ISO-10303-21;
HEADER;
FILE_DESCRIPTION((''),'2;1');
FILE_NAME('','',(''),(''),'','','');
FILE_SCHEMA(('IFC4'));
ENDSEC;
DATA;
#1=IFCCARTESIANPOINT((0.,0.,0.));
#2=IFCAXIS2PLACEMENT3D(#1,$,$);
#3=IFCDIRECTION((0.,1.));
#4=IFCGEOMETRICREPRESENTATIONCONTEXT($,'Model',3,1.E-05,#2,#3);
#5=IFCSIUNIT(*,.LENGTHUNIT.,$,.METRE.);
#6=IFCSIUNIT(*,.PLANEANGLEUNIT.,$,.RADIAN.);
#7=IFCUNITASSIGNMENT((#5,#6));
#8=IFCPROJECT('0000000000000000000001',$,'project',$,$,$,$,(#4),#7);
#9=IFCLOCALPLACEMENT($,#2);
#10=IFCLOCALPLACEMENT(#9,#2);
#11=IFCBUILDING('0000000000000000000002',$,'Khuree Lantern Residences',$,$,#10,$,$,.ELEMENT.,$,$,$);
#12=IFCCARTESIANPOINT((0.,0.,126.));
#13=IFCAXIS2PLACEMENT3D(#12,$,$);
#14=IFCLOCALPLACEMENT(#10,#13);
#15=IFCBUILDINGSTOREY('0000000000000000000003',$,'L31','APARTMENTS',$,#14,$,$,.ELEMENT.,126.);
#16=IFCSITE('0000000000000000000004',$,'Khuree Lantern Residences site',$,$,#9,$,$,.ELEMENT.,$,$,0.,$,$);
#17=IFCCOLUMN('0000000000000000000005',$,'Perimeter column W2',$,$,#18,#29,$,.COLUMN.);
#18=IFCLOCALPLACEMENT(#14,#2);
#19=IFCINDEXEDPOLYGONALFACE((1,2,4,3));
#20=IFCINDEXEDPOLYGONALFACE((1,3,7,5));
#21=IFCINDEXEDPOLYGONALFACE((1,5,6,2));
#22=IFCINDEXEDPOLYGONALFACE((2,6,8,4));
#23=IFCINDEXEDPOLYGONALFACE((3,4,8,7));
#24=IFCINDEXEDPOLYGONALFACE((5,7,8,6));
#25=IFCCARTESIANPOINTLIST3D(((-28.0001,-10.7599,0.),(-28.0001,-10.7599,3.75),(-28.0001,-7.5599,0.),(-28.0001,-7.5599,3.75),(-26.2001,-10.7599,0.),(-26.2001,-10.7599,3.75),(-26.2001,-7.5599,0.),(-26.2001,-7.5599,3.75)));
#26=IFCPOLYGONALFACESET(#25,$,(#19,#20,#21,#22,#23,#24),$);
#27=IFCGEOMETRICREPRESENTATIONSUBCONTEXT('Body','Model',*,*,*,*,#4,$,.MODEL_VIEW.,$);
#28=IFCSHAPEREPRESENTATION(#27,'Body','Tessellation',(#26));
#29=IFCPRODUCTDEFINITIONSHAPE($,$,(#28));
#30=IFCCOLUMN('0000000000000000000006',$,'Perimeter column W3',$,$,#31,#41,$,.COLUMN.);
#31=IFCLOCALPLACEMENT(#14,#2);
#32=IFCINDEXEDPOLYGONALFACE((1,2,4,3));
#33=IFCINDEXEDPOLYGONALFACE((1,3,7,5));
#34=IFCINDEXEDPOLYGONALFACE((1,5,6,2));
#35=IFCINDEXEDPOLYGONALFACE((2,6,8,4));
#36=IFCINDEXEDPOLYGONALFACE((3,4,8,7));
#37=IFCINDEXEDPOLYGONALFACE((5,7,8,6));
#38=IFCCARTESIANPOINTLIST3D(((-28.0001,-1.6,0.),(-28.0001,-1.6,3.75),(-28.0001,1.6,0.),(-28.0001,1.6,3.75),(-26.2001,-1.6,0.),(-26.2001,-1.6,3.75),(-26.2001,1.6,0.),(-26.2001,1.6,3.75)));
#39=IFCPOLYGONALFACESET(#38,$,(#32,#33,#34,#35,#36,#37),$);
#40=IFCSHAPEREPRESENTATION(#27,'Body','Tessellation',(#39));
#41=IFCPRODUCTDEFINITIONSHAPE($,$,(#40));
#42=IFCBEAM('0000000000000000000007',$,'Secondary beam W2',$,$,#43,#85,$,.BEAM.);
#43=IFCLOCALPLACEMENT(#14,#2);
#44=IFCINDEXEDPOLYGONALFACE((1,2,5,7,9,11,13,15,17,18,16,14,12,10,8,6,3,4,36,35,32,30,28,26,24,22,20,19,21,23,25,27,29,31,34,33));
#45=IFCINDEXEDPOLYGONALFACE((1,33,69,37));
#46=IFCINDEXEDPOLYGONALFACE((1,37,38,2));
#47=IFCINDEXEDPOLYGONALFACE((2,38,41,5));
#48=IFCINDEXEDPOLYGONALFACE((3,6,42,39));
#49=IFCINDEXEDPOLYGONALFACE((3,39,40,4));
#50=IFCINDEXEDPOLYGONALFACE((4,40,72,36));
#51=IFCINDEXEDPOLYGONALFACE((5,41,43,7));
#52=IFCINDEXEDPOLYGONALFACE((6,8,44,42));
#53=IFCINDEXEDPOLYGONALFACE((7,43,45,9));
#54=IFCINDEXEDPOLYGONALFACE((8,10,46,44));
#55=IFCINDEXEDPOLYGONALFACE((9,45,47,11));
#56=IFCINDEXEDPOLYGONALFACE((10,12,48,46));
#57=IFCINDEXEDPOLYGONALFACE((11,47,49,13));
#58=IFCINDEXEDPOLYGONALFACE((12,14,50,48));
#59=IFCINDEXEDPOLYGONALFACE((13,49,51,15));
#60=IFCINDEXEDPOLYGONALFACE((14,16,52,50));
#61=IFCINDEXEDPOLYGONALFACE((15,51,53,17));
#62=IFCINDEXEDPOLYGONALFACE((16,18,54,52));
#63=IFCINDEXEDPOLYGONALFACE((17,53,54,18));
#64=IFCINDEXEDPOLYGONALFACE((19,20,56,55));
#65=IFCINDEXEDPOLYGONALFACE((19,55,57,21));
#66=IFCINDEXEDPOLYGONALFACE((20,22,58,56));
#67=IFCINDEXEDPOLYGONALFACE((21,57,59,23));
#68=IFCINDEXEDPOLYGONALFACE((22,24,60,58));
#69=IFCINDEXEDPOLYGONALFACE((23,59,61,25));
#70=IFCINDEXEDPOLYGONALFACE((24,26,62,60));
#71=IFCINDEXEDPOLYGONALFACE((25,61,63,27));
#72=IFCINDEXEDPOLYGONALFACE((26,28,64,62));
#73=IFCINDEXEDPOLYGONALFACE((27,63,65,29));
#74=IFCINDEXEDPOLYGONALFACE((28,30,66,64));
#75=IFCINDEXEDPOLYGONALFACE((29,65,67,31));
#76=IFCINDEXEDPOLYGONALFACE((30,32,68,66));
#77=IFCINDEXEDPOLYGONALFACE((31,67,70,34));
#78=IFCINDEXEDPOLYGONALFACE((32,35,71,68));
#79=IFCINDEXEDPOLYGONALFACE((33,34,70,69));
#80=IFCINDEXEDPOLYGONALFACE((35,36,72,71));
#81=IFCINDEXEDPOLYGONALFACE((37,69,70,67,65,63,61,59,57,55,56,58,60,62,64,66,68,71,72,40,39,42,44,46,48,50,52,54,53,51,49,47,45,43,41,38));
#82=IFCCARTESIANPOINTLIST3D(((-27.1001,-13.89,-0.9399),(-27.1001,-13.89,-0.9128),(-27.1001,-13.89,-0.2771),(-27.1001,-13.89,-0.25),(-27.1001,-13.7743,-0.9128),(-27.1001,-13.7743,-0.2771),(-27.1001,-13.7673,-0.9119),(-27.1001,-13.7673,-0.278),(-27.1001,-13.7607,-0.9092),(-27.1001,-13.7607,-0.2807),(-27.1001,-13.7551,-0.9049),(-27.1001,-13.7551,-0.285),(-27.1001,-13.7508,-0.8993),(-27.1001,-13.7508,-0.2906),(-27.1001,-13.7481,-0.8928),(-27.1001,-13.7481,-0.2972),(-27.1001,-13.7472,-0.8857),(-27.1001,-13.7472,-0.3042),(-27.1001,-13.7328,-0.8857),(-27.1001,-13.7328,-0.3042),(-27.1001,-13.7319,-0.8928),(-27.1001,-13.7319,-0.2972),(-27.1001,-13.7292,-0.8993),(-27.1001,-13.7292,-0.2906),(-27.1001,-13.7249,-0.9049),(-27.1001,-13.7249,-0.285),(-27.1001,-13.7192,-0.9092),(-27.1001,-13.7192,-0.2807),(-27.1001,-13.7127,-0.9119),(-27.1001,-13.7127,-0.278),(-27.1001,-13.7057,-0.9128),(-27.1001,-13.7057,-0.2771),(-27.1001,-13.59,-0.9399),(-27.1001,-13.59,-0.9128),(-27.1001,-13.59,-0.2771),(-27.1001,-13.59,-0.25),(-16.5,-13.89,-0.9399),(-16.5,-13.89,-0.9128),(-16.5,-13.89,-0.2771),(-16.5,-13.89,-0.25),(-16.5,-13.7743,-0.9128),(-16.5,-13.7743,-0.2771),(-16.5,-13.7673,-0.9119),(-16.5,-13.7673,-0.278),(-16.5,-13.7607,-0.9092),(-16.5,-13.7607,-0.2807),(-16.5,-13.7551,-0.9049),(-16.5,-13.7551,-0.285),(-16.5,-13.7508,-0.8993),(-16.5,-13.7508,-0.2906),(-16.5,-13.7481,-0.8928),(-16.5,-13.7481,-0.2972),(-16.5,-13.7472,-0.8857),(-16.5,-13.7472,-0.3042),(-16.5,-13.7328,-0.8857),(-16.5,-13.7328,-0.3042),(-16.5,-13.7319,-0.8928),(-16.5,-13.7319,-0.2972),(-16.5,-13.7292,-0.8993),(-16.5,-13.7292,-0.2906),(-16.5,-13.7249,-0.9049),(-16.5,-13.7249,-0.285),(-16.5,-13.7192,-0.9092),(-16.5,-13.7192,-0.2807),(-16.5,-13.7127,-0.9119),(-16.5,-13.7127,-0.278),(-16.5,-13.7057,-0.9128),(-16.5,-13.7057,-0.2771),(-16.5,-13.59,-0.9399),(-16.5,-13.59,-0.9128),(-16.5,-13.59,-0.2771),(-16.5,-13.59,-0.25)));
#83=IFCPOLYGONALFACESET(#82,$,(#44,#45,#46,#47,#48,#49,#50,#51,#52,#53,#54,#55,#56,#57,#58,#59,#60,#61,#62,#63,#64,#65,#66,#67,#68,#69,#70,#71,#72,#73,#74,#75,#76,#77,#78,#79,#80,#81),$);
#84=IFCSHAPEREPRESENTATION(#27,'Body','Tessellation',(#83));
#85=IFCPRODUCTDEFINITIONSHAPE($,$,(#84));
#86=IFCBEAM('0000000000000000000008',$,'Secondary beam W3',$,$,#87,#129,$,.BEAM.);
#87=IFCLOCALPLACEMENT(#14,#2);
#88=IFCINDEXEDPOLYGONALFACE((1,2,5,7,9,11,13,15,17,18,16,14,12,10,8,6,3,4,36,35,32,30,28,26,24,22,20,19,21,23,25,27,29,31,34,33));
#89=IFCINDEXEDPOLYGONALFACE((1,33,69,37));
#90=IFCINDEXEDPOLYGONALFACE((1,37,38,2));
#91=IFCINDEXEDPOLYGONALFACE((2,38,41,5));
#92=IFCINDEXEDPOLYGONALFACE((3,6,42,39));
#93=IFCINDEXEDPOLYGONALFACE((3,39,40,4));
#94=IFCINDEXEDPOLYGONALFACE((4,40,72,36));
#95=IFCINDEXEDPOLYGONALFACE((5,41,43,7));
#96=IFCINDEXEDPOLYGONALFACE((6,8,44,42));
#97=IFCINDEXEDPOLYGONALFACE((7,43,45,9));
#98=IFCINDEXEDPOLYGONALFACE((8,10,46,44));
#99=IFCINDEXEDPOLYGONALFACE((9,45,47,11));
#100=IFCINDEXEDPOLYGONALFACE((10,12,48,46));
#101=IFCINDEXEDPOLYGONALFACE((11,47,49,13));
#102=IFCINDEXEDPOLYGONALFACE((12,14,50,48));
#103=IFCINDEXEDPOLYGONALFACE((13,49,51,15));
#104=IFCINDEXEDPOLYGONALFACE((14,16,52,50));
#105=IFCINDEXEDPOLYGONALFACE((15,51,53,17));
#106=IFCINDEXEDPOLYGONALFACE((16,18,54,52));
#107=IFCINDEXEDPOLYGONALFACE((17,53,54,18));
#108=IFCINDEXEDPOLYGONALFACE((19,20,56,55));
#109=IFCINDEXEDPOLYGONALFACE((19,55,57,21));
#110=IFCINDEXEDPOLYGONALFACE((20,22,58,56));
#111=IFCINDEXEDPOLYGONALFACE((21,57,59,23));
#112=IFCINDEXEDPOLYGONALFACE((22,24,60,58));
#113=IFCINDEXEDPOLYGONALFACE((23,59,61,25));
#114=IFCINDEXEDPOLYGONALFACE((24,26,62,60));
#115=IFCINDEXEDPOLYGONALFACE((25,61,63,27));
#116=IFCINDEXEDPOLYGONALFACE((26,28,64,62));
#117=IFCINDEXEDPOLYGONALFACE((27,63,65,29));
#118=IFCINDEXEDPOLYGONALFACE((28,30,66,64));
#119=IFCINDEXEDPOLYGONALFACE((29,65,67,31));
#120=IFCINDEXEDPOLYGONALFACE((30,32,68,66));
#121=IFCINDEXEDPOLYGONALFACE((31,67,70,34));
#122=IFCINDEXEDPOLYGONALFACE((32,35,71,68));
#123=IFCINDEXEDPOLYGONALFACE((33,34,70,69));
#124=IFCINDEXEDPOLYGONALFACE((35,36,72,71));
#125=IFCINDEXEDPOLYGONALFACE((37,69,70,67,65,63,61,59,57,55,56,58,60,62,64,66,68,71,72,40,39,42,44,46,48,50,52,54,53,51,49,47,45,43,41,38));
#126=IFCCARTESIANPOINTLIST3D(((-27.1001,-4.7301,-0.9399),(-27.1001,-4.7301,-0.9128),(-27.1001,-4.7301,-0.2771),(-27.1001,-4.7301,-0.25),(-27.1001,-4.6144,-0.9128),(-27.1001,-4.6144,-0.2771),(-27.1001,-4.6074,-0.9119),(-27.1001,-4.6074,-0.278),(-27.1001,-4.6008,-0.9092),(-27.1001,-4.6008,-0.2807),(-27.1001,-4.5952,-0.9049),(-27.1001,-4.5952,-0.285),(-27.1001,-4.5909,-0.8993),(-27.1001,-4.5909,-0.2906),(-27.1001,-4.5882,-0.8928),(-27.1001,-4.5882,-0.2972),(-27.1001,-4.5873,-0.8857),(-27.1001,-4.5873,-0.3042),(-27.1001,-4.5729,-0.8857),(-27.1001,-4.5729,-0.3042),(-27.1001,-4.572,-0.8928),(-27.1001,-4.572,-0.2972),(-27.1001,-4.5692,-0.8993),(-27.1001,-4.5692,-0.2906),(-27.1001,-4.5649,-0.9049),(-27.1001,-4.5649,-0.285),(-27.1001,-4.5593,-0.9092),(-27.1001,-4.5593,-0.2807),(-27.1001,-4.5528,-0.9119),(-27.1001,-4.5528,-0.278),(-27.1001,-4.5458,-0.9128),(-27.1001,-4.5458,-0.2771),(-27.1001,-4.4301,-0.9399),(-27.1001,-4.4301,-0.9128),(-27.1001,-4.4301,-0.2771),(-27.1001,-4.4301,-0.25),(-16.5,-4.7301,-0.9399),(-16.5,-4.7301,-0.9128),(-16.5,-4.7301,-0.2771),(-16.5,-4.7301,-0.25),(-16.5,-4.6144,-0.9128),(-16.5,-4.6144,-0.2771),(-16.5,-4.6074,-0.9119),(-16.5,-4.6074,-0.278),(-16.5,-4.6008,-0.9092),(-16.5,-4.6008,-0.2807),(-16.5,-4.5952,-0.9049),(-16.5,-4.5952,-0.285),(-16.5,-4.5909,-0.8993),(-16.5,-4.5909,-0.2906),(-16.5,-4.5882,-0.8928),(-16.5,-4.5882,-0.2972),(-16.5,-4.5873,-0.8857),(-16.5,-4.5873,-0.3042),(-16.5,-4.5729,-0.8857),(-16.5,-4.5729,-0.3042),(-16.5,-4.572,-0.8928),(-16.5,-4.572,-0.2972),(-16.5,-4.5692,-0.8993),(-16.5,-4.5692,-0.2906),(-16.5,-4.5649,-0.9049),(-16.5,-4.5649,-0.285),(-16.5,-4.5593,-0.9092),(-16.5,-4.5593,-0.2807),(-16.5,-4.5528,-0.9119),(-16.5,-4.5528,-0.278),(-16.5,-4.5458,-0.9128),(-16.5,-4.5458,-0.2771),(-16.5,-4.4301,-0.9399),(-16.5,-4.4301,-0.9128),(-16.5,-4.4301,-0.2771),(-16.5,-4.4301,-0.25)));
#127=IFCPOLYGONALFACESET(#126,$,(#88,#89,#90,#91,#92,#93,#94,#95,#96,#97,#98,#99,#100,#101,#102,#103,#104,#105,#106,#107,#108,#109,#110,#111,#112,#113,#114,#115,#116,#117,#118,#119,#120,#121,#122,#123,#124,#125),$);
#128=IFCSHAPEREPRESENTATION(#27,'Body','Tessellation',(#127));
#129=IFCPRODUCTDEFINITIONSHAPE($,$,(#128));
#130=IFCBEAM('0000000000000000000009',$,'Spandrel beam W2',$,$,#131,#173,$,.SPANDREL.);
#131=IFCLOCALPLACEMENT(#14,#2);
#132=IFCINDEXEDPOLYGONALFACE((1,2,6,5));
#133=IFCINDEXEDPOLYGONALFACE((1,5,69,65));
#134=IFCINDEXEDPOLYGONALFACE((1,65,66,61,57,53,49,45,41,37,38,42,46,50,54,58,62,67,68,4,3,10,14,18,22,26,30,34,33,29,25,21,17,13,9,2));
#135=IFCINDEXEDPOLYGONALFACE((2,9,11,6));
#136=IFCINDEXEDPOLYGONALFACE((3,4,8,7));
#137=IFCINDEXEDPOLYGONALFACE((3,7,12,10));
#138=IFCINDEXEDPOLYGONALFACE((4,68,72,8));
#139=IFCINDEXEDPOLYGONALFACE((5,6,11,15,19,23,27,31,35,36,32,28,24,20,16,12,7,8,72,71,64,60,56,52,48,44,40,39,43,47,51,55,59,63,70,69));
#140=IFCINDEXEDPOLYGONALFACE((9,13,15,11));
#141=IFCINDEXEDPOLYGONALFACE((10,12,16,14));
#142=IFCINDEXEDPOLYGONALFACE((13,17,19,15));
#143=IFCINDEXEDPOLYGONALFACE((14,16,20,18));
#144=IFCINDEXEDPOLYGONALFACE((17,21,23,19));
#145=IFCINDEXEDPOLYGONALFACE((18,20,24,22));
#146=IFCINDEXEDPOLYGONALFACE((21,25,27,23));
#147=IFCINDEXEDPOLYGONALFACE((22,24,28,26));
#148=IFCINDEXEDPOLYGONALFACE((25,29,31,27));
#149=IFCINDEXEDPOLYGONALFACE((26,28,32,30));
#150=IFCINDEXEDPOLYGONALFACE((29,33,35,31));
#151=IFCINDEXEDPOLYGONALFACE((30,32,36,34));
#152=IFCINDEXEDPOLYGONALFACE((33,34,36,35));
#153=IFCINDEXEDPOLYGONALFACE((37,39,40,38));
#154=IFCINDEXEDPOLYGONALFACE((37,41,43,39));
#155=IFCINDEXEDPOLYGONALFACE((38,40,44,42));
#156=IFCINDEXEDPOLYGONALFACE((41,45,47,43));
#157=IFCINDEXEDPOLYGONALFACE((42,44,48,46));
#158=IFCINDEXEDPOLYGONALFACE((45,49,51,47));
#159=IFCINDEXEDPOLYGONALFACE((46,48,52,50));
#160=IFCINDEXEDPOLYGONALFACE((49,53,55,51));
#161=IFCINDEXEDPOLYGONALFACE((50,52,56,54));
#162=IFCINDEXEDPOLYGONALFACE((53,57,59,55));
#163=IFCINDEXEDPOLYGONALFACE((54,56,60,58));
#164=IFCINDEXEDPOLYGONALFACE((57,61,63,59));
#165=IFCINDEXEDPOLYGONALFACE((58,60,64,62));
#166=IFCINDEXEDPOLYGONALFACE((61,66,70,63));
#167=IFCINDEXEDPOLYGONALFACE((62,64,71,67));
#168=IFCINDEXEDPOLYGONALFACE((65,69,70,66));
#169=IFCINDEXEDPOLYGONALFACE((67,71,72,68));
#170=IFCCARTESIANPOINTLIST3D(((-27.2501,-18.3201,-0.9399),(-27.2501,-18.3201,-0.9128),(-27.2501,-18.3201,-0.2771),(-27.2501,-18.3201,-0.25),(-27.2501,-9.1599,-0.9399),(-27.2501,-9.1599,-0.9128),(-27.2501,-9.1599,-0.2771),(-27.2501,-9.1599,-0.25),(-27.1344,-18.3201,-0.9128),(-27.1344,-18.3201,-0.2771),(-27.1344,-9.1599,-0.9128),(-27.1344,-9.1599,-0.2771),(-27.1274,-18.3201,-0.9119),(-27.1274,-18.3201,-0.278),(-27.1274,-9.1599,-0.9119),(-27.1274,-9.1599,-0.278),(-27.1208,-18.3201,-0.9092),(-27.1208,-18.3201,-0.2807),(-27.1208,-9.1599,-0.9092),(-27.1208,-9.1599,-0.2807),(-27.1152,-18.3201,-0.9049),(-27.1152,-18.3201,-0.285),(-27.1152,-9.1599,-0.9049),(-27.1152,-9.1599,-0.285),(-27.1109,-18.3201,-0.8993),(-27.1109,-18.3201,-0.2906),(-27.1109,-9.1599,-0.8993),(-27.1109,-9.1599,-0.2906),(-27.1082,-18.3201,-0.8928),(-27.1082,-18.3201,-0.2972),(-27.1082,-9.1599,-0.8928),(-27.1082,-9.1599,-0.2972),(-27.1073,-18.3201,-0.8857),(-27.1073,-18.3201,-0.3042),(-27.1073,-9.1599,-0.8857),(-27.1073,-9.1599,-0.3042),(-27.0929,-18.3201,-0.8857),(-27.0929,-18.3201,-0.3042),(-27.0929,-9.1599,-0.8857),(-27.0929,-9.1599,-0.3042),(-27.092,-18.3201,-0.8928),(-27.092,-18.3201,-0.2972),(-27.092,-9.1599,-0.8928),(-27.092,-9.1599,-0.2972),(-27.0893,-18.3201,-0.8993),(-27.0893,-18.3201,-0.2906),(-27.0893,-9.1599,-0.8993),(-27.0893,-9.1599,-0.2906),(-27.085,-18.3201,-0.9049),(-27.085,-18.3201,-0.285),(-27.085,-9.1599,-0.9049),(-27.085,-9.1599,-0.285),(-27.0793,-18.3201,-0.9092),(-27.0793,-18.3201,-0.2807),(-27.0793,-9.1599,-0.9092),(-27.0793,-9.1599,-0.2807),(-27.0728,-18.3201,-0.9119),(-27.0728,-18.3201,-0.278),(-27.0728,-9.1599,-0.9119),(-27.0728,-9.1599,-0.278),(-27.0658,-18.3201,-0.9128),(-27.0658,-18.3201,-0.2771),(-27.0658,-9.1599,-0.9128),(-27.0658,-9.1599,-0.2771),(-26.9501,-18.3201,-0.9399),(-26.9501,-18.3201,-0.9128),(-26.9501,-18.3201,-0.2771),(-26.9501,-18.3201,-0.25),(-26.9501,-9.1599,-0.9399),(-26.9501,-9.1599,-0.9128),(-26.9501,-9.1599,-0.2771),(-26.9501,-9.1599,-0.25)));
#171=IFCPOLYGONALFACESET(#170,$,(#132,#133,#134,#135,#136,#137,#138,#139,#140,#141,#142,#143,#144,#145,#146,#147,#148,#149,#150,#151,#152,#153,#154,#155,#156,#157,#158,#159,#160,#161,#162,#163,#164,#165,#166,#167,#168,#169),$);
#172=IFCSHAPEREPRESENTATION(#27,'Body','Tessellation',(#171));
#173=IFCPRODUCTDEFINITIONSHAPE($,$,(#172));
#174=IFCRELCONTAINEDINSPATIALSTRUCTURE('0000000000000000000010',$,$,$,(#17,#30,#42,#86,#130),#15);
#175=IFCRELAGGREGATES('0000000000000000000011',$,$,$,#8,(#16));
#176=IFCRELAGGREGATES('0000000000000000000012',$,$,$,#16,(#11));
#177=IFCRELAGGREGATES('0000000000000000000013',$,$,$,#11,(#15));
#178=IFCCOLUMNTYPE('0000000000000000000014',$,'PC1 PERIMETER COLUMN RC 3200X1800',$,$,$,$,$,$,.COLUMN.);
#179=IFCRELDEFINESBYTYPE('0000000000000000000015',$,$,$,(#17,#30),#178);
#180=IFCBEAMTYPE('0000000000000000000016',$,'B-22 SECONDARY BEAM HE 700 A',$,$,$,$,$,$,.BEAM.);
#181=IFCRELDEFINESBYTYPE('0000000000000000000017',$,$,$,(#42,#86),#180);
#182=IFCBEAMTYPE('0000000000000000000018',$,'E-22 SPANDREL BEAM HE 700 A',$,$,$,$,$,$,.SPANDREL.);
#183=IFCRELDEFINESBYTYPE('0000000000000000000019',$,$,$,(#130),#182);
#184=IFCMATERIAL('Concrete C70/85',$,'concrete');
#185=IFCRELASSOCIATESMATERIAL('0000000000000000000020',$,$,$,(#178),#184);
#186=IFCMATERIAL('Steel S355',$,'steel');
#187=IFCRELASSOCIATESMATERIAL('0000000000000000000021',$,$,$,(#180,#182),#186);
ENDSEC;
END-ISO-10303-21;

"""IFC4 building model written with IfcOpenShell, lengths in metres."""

from ifc_helpers import new_model, si_unit, direction, frame, origin, origin_2d, place, context, subcontext, project, spatial, rectangle, i_section, extrude, material, material_profile, profile_set, type_object, element, save


model = new_model("IFC4")

# Units and contexts
model_context = context("Model", 3, precision=1e-05, world=origin(), true_north=direction((0.0, 1.0)))
body_context = subcontext(model_context, "Body", "Model", "MODEL_VIEW")
ifc_project = project(units=[si_unit("LENGTHUNIT", "METRE"), si_unit("PLANEANGLEUNIT", "RADIAN")], contexts=[model_context])

# Site, building, storey
site_placement = place(None, origin())
site = spatial("IfcSite", under=ifc_project, at=site_placement, Name="Khuree Lantern Residences site", CompositionType="ELEMENT", RefElevation=0.0)
building_placement = place(site_placement, origin())
building = spatial("IfcBuilding", under=site, at=building_placement, Name="Khuree Lantern Residences", CompositionType="ELEMENT")
storey_placement = place(building_placement, frame((0.0, 0.0, 126.0)))
storey = spatial("IfcBuildingStorey", under=building, at=storey_placement, Name="L31", Description="APARTMENTS", CompositionType="ELEMENT", Elevation=126.0)

# Columns
ifc_material_1 = material(Name="Concrete C70/85", Category="concrete")
ifc_material_profile_1 = material_profile(ifc_material_1, rectangle(XDim=3.2, YDim=1.8, at=origin_2d()), Name="RC 3200X1800")
ifc_profile_set_1 = profile_set([ifc_material_profile_1], Name="Concrete C70/85")
column_type = type_object("IfcColumnType", Name="PC1 PERIMETER COLUMN RC 3200X1800", PredefinedType="COLUMN", material=ifc_profile_set_1)
for number, where, z_axis, x_axis, name in (
    (1, (-27.1001, -9.1599, 0.0), (0.0, 0.0, 1.0), (0.0, 1.0, 0.0), "Perimeter column W2"),
    (2, (-27.1001, 0.0, 0.0), (0.0, 0.0, 1.0), (0.0, 1.0, 0.0), "Perimeter column W3"),
):
    element("IfcColumn", number, at=place(storey_placement, frame(where, z_axis=z_axis, x_axis=x_axis)), inside=storey, type_object=column_type, Name=name, PredefinedType="COLUMN", context=body_context, shape_type="SweptSolid", body=[
        extrude(rectangle(XDim=3.2, YDim=1.8, at=origin_2d()), origin(), (0.0, 0.0, 1.0), 3.75),
    ])

# Beams
ifc_material_2 = material(Name="Steel S355", Category="steel")
ifc_material_profile_2 = material_profile(ifc_material_2, i_section(OverallWidth=0.3, OverallDepth=0.6899, WebThickness=0.0144, FlangeThickness=0.0271, FilletRadius=0.0271, at=origin_2d()), Name="HE 700 A")
ifc_profile_set_2 = profile_set([ifc_material_profile_2], Name="Steel S355")
beam_type_1 = type_object("IfcBeamType", Name="B-22 SECONDARY BEAM HE 700 A", PredefinedType="BEAM", material=ifc_profile_set_2)
for number, where, z_axis, x_axis, name in (
    (3, (-27.1001, -13.74, -0.595), (1.0, 0.0, 0.0), (0.0, 1.0, 0.0), "Secondary beam W2"),
    (4, (-27.1001, -4.5801, -0.595), (1.0, 0.0, 0.0), (0.0, 1.0, 0.0), "Secondary beam W3"),
):
    element("IfcBeam", number, at=place(storey_placement, frame(where, z_axis=z_axis, x_axis=x_axis)), inside=storey, type_object=beam_type_1, Name=name, PredefinedType="BEAM", context=body_context, shape_type="SweptSolid", body=[
        extrude(i_section(OverallWidth=0.3, OverallDepth=0.6899, WebThickness=0.0144, FlangeThickness=0.0271, FilletRadius=0.0271, at=origin_2d()), origin(), (0.0, 0.0, 1.0), 10.6001),
    ])
ifc_material_profile_3 = material_profile(ifc_material_2, i_section(OverallWidth=0.3, OverallDepth=0.6899, WebThickness=0.0144, FlangeThickness=0.0271, FilletRadius=0.0271, at=origin_2d()), Name="HE 700 A")
ifc_profile_set_3 = profile_set([ifc_material_profile_3], Name="Steel S355")
beam_type_2 = type_object("IfcBeamType", Name="E-22 SPANDREL BEAM HE 700 A", PredefinedType="SPANDREL", material=ifc_profile_set_3)
beam_1_placement = place(storey_placement, frame((-27.1001, -18.3201, -0.595), z_axis=(0.0, 1.0, 0.0), x_axis=(-1.0, 0.0, 0.0)))
element("IfcBeam", 5, at=beam_1_placement, inside=storey, type_object=beam_type_2, Name="Spandrel beam W2", PredefinedType="SPANDREL", context=body_context, shape_type="SweptSolid", body=[
    extrude(i_section(OverallWidth=0.3, OverallDepth=0.6899, WebThickness=0.0144, FlangeThickness=0.0271, FilletRadius=0.0271, at=origin_2d()), origin(), (0.0, 0.0, 1.0), 9.1602),
])

save(model, "model.ifc")
